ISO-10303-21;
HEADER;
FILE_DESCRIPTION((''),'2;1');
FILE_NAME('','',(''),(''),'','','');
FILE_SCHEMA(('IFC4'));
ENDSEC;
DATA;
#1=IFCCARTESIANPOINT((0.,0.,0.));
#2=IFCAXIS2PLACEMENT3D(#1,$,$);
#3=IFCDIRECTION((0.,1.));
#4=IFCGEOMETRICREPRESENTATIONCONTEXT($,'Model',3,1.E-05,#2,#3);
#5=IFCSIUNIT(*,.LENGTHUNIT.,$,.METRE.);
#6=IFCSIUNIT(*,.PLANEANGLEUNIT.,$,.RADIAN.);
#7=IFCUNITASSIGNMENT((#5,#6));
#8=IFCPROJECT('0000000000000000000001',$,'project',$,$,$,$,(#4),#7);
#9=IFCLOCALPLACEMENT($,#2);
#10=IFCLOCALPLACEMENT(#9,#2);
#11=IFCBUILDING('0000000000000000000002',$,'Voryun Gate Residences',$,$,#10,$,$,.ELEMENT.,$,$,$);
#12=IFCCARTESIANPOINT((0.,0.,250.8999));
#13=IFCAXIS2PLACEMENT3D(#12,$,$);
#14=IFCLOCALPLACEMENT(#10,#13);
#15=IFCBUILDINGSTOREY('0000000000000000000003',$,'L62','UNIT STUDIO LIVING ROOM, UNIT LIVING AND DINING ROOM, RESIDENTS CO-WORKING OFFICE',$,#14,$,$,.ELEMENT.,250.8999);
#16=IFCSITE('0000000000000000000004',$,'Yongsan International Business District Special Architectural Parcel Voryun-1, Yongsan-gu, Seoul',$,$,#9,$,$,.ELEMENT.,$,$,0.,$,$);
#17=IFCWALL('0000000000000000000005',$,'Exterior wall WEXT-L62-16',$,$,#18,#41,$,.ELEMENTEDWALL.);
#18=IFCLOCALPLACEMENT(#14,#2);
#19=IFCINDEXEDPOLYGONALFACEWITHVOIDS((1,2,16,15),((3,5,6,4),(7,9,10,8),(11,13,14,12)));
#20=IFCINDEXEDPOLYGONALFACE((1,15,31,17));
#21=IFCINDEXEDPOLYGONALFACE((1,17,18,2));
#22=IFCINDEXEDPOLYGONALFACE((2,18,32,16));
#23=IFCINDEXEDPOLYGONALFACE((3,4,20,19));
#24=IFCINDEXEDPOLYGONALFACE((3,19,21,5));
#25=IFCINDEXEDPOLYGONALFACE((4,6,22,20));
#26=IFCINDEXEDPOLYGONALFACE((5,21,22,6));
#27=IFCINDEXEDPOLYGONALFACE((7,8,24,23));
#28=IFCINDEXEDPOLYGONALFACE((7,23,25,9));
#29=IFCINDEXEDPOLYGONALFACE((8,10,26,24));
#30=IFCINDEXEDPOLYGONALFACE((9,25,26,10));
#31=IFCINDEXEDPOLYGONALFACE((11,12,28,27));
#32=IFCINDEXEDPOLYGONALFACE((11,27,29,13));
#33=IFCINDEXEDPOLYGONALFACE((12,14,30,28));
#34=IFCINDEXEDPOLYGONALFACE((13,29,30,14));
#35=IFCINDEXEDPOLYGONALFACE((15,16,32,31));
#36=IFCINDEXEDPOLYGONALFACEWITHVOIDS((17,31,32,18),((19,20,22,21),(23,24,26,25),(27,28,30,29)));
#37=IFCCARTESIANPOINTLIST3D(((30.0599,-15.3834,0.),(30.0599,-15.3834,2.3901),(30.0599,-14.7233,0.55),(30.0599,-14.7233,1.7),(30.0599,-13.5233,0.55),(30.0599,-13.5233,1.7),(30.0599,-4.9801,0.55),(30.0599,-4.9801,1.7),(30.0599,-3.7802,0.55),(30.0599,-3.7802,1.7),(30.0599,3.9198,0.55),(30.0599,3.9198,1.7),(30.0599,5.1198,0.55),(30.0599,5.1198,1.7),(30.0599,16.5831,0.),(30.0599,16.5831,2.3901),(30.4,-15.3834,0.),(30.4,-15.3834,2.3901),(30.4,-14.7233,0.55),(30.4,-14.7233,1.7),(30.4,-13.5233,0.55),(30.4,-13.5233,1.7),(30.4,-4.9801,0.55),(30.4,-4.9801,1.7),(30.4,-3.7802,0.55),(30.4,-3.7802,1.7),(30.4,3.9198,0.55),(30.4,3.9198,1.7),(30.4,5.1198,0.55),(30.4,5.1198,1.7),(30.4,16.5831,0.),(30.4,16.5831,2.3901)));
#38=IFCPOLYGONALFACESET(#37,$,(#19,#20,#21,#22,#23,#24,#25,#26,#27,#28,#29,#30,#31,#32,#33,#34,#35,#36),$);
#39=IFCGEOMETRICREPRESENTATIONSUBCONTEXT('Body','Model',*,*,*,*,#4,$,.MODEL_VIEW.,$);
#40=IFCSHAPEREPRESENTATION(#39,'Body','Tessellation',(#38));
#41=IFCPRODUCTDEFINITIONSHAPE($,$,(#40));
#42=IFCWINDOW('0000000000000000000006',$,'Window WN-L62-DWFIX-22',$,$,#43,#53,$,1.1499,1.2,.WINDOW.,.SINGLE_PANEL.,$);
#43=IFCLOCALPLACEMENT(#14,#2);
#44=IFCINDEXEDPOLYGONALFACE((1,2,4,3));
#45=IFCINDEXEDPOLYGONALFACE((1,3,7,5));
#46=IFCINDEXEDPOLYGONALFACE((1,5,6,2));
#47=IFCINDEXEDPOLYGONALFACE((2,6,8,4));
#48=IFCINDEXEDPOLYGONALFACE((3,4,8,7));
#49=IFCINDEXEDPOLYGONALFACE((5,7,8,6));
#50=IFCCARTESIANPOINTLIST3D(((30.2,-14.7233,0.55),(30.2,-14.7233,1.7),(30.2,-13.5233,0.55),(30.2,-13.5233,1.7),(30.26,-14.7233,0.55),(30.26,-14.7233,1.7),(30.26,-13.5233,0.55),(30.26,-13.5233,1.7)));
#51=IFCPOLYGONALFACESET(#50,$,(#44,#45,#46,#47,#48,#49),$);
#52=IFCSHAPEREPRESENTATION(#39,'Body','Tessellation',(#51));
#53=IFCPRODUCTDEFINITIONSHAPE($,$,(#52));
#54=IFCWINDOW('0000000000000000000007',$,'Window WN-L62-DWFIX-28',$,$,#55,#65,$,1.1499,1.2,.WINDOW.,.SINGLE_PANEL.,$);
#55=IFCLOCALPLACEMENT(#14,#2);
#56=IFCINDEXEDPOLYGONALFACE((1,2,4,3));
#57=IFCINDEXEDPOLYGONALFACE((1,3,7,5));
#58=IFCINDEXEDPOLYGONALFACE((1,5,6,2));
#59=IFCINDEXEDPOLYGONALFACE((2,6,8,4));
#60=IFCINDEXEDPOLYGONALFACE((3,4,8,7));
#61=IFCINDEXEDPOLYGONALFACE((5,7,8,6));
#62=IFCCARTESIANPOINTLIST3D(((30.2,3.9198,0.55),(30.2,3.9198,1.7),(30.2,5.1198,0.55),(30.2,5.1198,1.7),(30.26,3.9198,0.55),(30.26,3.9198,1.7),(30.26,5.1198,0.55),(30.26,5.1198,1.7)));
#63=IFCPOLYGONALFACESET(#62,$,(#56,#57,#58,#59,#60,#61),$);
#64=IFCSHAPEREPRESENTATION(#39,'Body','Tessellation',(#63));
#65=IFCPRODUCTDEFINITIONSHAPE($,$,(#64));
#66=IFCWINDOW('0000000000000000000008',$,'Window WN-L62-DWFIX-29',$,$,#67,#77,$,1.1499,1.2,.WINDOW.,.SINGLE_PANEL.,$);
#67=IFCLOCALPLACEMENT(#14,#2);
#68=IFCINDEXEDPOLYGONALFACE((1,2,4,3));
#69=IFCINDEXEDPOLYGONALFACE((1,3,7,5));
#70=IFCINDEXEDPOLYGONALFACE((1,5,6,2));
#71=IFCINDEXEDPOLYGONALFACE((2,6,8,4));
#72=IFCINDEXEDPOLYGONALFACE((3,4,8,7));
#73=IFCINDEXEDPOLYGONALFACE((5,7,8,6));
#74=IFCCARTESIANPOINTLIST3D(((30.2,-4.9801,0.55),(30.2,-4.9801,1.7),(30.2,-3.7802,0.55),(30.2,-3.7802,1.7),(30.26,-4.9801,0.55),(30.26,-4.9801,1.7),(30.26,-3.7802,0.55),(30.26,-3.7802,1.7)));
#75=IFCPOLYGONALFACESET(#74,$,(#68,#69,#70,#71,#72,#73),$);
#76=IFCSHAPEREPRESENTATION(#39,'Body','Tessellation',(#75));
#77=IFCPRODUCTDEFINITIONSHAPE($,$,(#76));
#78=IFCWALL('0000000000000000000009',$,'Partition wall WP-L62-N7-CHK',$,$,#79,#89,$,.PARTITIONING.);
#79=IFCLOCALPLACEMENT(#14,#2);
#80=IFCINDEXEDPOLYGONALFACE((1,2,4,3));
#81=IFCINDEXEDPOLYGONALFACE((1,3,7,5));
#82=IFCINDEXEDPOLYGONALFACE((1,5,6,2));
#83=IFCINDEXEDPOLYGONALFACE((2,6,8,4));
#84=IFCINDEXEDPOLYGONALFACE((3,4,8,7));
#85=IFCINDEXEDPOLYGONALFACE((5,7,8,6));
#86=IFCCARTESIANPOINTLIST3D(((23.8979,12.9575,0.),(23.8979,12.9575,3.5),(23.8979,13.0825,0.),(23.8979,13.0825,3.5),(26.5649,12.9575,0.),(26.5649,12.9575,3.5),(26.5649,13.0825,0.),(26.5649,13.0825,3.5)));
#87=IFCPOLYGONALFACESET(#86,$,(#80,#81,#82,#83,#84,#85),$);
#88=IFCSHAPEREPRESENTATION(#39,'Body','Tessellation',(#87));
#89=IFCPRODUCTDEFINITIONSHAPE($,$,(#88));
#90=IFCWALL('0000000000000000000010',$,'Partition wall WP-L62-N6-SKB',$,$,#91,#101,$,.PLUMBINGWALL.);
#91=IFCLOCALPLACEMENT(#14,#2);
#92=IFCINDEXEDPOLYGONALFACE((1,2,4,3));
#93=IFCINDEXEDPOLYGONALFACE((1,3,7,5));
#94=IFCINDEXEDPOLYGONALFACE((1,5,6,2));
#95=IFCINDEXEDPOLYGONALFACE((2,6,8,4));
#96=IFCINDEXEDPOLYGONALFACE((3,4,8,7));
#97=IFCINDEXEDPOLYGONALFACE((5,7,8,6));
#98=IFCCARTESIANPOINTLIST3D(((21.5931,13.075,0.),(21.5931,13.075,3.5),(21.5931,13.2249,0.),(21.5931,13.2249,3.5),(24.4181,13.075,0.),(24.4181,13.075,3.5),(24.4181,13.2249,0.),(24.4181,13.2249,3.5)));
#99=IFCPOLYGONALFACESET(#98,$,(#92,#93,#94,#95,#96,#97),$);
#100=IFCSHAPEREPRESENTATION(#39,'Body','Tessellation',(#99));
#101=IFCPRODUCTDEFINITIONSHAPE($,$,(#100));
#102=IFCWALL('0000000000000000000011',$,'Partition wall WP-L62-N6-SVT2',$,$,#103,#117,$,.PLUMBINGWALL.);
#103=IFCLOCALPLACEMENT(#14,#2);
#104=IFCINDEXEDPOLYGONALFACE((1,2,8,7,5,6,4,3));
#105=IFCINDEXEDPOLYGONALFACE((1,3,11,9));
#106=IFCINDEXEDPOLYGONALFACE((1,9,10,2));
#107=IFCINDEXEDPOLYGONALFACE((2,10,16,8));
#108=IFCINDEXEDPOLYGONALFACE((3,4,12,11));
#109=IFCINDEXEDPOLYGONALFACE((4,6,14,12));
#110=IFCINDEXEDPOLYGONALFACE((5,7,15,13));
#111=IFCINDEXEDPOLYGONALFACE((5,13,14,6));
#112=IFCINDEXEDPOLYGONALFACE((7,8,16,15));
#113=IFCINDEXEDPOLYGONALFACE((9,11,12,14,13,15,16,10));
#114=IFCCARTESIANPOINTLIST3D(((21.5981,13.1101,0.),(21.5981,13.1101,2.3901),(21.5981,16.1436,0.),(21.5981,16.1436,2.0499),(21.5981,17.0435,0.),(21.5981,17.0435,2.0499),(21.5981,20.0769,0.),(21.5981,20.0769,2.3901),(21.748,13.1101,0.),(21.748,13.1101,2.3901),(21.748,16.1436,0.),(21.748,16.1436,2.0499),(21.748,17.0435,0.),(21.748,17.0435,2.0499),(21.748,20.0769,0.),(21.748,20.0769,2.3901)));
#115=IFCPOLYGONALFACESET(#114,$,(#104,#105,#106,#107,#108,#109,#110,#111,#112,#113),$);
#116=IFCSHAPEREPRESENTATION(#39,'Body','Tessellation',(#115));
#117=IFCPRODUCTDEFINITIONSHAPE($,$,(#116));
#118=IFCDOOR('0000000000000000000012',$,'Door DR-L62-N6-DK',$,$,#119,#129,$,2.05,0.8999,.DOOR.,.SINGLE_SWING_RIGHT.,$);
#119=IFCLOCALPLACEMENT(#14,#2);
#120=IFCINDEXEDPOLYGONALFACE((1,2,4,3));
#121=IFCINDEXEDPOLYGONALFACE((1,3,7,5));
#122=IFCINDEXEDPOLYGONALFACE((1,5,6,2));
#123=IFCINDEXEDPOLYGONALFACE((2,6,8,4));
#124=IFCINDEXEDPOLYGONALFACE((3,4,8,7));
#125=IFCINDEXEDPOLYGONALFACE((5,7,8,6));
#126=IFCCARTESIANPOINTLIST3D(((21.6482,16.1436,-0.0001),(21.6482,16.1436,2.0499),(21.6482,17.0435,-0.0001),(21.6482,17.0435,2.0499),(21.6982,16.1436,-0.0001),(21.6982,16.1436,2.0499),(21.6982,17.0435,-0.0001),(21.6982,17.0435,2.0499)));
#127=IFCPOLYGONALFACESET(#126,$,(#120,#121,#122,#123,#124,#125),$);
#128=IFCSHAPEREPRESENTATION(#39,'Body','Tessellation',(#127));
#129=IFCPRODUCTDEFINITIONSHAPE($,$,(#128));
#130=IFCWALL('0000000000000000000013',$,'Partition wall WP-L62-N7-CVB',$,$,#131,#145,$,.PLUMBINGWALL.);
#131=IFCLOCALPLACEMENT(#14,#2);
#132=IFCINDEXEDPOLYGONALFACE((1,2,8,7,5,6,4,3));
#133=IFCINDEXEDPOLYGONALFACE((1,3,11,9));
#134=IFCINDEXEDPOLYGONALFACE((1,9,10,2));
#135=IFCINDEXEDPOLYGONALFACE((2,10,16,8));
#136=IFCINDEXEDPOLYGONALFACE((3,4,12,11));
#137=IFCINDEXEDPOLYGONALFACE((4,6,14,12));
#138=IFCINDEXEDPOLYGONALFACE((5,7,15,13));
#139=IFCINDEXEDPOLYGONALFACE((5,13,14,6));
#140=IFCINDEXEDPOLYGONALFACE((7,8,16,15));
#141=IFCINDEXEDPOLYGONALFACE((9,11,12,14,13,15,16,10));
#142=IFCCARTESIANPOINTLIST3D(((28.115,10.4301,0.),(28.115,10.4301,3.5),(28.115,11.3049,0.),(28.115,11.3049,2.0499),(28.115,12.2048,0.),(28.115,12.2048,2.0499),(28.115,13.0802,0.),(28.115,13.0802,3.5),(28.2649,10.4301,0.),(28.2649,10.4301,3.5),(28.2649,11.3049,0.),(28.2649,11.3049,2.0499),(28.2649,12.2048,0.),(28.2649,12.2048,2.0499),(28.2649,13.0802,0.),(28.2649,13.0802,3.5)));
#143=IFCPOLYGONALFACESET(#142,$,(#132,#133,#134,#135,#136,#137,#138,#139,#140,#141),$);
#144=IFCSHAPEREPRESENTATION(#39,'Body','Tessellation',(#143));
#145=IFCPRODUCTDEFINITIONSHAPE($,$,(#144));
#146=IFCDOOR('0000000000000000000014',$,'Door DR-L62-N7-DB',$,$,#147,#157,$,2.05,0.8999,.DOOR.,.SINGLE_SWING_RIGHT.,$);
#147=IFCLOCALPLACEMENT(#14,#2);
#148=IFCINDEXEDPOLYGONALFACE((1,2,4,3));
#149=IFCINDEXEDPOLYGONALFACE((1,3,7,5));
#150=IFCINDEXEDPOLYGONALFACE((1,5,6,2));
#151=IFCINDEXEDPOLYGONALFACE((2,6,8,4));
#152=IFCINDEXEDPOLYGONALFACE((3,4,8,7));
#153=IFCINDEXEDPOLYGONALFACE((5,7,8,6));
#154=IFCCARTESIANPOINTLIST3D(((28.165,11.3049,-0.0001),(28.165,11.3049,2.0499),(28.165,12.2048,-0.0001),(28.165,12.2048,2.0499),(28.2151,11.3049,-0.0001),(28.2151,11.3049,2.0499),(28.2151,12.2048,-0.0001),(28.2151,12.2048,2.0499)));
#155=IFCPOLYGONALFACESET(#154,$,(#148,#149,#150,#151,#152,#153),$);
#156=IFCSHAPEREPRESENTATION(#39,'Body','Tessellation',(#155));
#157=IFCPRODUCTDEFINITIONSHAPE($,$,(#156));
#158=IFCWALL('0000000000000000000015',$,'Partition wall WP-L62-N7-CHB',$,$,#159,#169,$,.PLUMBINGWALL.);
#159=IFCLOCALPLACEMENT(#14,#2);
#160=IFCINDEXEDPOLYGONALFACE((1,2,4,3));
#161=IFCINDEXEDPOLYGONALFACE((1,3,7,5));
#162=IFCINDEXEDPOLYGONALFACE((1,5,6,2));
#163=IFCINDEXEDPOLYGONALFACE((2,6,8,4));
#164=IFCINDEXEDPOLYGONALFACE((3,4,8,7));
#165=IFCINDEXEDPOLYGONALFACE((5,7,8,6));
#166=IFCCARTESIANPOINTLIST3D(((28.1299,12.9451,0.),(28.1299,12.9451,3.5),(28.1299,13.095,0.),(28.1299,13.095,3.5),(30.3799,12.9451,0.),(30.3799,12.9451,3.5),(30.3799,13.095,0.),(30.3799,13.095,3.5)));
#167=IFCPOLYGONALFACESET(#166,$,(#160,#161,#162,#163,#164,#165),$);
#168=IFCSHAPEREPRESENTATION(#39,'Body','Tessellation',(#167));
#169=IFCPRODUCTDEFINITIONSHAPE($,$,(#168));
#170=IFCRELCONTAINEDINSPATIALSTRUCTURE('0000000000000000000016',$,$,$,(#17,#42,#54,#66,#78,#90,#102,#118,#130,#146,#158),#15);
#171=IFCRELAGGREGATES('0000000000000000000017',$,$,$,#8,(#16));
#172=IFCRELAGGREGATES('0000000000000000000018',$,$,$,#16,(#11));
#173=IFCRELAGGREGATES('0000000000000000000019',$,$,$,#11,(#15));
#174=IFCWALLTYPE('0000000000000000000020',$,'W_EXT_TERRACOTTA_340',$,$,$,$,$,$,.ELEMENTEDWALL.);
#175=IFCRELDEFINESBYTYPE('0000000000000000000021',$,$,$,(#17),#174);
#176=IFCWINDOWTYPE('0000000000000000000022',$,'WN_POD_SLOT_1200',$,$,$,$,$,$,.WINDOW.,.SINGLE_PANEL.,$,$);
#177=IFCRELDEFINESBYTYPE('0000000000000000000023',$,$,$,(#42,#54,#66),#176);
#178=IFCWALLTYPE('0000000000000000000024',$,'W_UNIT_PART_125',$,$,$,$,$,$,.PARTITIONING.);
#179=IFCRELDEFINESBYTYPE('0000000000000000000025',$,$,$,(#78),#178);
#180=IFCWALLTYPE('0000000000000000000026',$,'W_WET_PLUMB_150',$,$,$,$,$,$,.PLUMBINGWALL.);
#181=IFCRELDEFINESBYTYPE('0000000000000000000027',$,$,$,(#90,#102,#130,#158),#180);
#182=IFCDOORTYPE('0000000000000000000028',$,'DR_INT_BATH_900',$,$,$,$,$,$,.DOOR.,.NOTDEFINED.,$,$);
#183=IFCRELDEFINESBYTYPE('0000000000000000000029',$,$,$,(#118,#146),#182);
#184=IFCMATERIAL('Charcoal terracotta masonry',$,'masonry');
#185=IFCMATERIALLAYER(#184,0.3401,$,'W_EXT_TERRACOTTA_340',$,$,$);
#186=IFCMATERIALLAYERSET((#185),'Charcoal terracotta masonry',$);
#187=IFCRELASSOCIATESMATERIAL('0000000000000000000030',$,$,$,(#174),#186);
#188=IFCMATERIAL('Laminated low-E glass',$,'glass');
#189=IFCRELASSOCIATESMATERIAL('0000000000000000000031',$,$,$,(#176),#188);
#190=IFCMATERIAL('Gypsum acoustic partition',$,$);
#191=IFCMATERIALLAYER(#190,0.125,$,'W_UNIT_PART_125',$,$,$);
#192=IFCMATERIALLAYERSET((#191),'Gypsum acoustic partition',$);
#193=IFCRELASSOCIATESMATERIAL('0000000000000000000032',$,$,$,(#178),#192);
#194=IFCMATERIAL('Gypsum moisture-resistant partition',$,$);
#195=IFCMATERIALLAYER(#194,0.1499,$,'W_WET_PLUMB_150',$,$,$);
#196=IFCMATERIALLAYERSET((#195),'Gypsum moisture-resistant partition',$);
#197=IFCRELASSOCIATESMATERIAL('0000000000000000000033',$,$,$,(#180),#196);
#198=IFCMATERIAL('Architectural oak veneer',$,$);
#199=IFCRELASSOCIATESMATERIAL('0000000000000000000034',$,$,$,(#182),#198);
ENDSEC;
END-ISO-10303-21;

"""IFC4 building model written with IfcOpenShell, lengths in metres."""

from ifc_helpers import new_model, si_unit, direction, frame, frame_2d, origin, place, context, subcontext, project, spatial, rectangle, extrude, material, layer, layer_set, type_object, element, fill, save


model = new_model("IFC4")

# Units and contexts
model_context = context("Model", 3, precision=1e-05, world=origin(), true_north=direction((0.0, 1.0)))
body_context = subcontext(model_context, "Body", "Model", "MODEL_VIEW")
ifc_project = project(units=[si_unit("LENGTHUNIT", "METRE"), si_unit("PLANEANGLEUNIT", "RADIAN")], contexts=[model_context])

# Site, building, storey
site_placement = place(None, origin())
site = spatial("IfcSite", under=ifc_project, at=site_placement, Name="Yongsan International Business District Special Architectural Parcel Voryun-1, Yongsan-gu, Seoul", CompositionType="ELEMENT", RefElevation=0.0)
building_placement = place(site_placement, origin())
building = spatial("IfcBuilding", under=site, at=building_placement, Name="Voryun Gate Residences", CompositionType="ELEMENT")
storey_placement = place(building_placement, frame((0.0, 0.0, 250.8999)))
storey = spatial("IfcBuildingStorey", under=building, at=storey_placement, Name="L62", Description="UNIT STUDIO LIVING ROOM, UNIT LIVING AND DINING ROOM, RESIDENTS CO-WORKING OFFICE", CompositionType="ELEMENT", Elevation=250.8999)

# Shared definitions
ifc_material_1 = material(Name="Charcoal terracotta masonry", Category="masonry")
ifc_layer_1 = layer(ifc_material_1, 0.3401, Name="W_EXT_TERRACOTTA_340")
ifc_layer_set_1 = layer_set([ifc_layer_1], Name="Charcoal terracotta masonry")
wall_type_1 = type_object("IfcWallType", Name="W_EXT_TERRACOTTA_340", PredefinedType="ELEMENTEDWALL", material=ifc_layer_set_1)

# Wall, openings, windows
wall_1_placement = place(storey_placement, frame((30.23, 16.5833, 0.0), z_axis=(0.0, 0.0, 1.0), x_axis=(0.0, -1.0, 0.0)))
wall_1 = element("IfcWall", 1, at=wall_1_placement, inside=storey, type_object=wall_type_1, Name="Exterior wall WEXT-L62-16", PredefinedType="ELEMENTEDWALL", context=body_context, shape_type="SweptSolid", body=[
    extrude(rectangle(XDim=31.9666, YDim=0.3401, at=frame_2d((15.9834, 0.0))), origin(), (0.0, 0.0, 1.0), 2.3901),
])
opening_1_placement = place(wall_1_placement, frame((30.1064, 0.0, 0.55)))
opening_1 = element("IfcOpeningElement", 2, at=opening_1_placement, cuts=wall_1, PredefinedType="OPENING", context=body_context, shape_type="SweptSolid", body=[
    extrude(rectangle(XDim=1.2, YDim=1.1499, at=frame_2d((0.6001, 0.575))), frame((0.0, 0.1799, 0.0), z_axis=(0.0, -1.0, 0.0), x_axis=(1.0, 0.0, 0.0)), (0.0, 0.0, 1.0), 0.3601),
])
opening_2_placement = place(wall_1_placement, frame((11.4634, 0.0, 0.55)))
opening_2 = element("IfcOpeningElement", 3, at=opening_2_placement, cuts=wall_1, PredefinedType="OPENING", context=body_context, shape_type="SweptSolid", body=[
    extrude(rectangle(XDim=1.2, YDim=1.1499, at=frame_2d((0.6001, 0.575))), frame((0.0, 0.1799, 0.0), z_axis=(0.0, -1.0, 0.0), x_axis=(1.0, 0.0, 0.0)), (0.0, 0.0, 1.0), 0.3601),
])
opening_3_placement = place(wall_1_placement, frame((20.3633, 0.0, 0.55)))
opening_3 = element("IfcOpeningElement", 4, at=opening_3_placement, cuts=wall_1, PredefinedType="OPENING", context=body_context, shape_type="SweptSolid", body=[
    extrude(rectangle(XDim=1.2, YDim=1.1499, at=frame_2d((0.6001, 0.575))), frame((0.0, 0.1799, 0.0), z_axis=(0.0, -1.0, 0.0), x_axis=(1.0, 0.0, 0.0)), (0.0, 0.0, 1.0), 0.3601),
])
ifc_material_2 = material(Name="Laminated low-E glass", Category="glass")
window_type = type_object("IfcWindowType", Name="WN_POD_SLOT_1200", PartitioningType="SINGLE_PANEL", PredefinedType="WINDOW", material=ifc_material_2)
window_1_placement = place(opening_1_placement, origin())
window_1 = element("IfcWindow", 5, at=window_1_placement, inside=storey, type_object=window_type, Name="Window WN-L62-DWFIX-22", OverallHeight=1.1499, OverallWidth=1.2, PartitioningType="SINGLE_PANEL", PredefinedType="WINDOW", context=body_context, shape_type="SweptSolid", body=[
    extrude(rectangle(XDim=1.2, YDim=1.1499, at=frame_2d((0.6001, 0.575))), frame((0.0, 0.03, 0.0), z_axis=(0.0, -1.0, 0.0), x_axis=(1.0, 0.0, 0.0)), (0.0, 0.0, 1.0), 0.0601),
])
fill(opening_1, window_1)
window_2_placement = place(opening_2_placement, origin())
window_2 = element("IfcWindow", 6, at=window_2_placement, inside=storey, type_object=window_type, Name="Window WN-L62-DWFIX-28", OverallHeight=1.1499, OverallWidth=1.2, PartitioningType="SINGLE_PANEL", PredefinedType="WINDOW", context=body_context, shape_type="SweptSolid", body=[
    extrude(rectangle(XDim=1.2, YDim=1.1499, at=frame_2d((0.6001, 0.575))), frame((0.0, 0.03, 0.0), z_axis=(0.0, -1.0, 0.0), x_axis=(1.0, 0.0, 0.0)), (0.0, 0.0, 1.0), 0.0601),
])
fill(opening_2, window_2)
window_3_placement = place(opening_3_placement, origin())
window_3 = element("IfcWindow", 7, at=window_3_placement, inside=storey, type_object=window_type, Name="Window WN-L62-DWFIX-29", OverallHeight=1.1499, OverallWidth=1.2, PartitioningType="SINGLE_PANEL", PredefinedType="WINDOW", context=body_context, shape_type="SweptSolid", body=[
    extrude(rectangle(XDim=1.2, YDim=1.1499, at=frame_2d((0.6001, 0.575))), frame((0.0, 0.03, 0.0), z_axis=(0.0, -1.0, 0.0), x_axis=(1.0, 0.0, 0.0)), (0.0, 0.0, 1.0), 0.0601),
])
fill(opening_3, window_3)

# Walls
ifc_material_3 = material(Name="Gypsum acoustic partition")
ifc_layer_2 = layer(ifc_material_3, 0.125, Name="W_UNIT_PART_125")
ifc_layer_set_2 = layer_set([ifc_layer_2], Name="Gypsum acoustic partition")
wall_type_2 = type_object("IfcWallType", Name="W_UNIT_PART_125", PredefinedType="PARTITIONING", material=ifc_layer_set_2)
wall_2_placement = place(storey_placement, frame((23.8979, 13.02, 0.0), z_axis=(0.0, 0.0, 1.0), x_axis=(1.0, 0.0, 0.0)))
element("IfcWall", 8, at=wall_2_placement, inside=storey, type_object=wall_type_2, Name="Partition wall WP-L62-N7-CHK", PredefinedType="PARTITIONING", context=body_context, shape_type="SweptSolid", body=[
    extrude(rectangle(XDim=2.667, YDim=0.125, at=frame_2d((1.3335, 0.0))), origin(), (0.0, 0.0, 1.0), 3.5),
])
ifc_material_4 = material(Name="Gypsum moisture-resistant partition")
ifc_layer_3 = layer(ifc_material_4, 0.1499, Name="W_WET_PLUMB_150")
ifc_layer_set_3 = layer_set([ifc_layer_3], Name="Gypsum moisture-resistant partition")
wall_type_3 = type_object("IfcWallType", Name="W_WET_PLUMB_150", PredefinedType="PLUMBINGWALL", material=ifc_layer_set_3)
wall_3_placement = place(storey_placement, frame((21.593, 13.1499, 0.0), z_axis=(0.0, 0.0, 1.0), x_axis=(1.0, 0.0, 0.0)))
element("IfcWall", 9, at=wall_3_placement, inside=storey, type_object=wall_type_3, Name="Partition wall WP-L62-N6-SKB", PredefinedType="PLUMBINGWALL", context=body_context, shape_type="SweptSolid", body=[
    extrude(rectangle(XDim=2.825, YDim=0.1499, at=frame_2d((1.4126, 0.0))), origin(), (0.0, 0.0, 1.0), 3.5),
])

# Walls, openings, doors
wall_4_placement = place(storey_placement, frame((21.6731, 13.1101, 0.0), z_axis=(0.0, 0.0, 1.0), x_axis=(0.0, 1.0, 0.0)))
wall_4 = element("IfcWall", 10, at=wall_4_placement, inside=storey, type_object=wall_type_3, Name="Partition wall WP-L62-N6-SVT2", PredefinedType="PLUMBINGWALL", context=body_context, shape_type="SweptSolid", body=[
    extrude(rectangle(XDim=6.9668, YDim=0.1499, at=frame_2d((3.4834, 0.0))), origin(), (0.0, 0.0, 1.0), 2.3901),
])
opening_4_placement = place(wall_4_placement, frame((3.0334, 0.0, 0.0)))
opening_4 = element("IfcOpeningElement", 11, at=opening_4_placement, cuts=wall_4, PredefinedType="OPENING", context=body_context, shape_type="SweptSolid", body=[
    extrude(rectangle(XDim=0.8999, YDim=2.05, at=frame_2d((0.45, 1.0249))), frame((0.0, 0.085, 0.0), z_axis=(0.0, -1.0, 0.0), x_axis=(1.0, 0.0, 0.0)), (0.0, 0.0, 1.0), 0.1699),
])
ifc_material_5 = material(Name="Architectural oak veneer")
door_type = type_object("IfcDoorType", Name="DR_INT_BATH_900", OperationType="NOTDEFINED", PredefinedType="DOOR", material=ifc_material_5)
door_1_placement = place(opening_4_placement, origin())
door_1 = element("IfcDoor", 12, at=door_1_placement, inside=storey, type_object=door_type, Name="Door DR-L62-N6-DK", OperationType="SINGLE_SWING_RIGHT", OverallHeight=2.05, OverallWidth=0.8999, PredefinedType="DOOR", context=body_context, shape_type="SweptSolid", body=[
    extrude(rectangle(XDim=0.8999, YDim=2.05, at=frame_2d((0.45, 1.0249))), frame((0.0, 0.0249, 0.0), z_axis=(0.0, -1.0, 0.0), x_axis=(1.0, 0.0, 0.0)), (0.0, 0.0, 1.0), 0.05),
])
fill(opening_4, door_1)
wall_5_placement = place(storey_placement, frame((28.1899, 10.4299, 0.0), z_axis=(0.0, 0.0, 1.0), x_axis=(0.0, 1.0, 0.0)))
wall_5 = element("IfcWall", 13, at=wall_5_placement, inside=storey, type_object=wall_type_3, Name="Partition wall WP-L62-N7-CVB", PredefinedType="PLUMBINGWALL", context=body_context, shape_type="SweptSolid", body=[
    extrude(rectangle(XDim=2.6501, YDim=0.1499, at=frame_2d((1.3252, 0.0))), origin(), (0.0, 0.0, 1.0), 3.5),
])
opening_5_placement = place(wall_5_placement, frame((0.875, 0.0, 0.0)))
opening_5 = element("IfcOpeningElement", 14, at=opening_5_placement, cuts=wall_5, PredefinedType="OPENING", context=body_context, shape_type="SweptSolid", body=[
    extrude(rectangle(XDim=0.8999, YDim=2.05, at=frame_2d((0.45, 1.0249))), frame((0.0, 0.085, 0.0), z_axis=(0.0, -1.0, 0.0), x_axis=(1.0, 0.0, 0.0)), (0.0, 0.0, 1.0), 0.1699),
])
door_2_placement = place(opening_5_placement, origin())
door_2 = element("IfcDoor", 15, at=door_2_placement, inside=storey, type_object=door_type, Name="Door DR-L62-N7-DB", OperationType="SINGLE_SWING_RIGHT", OverallHeight=2.05, OverallWidth=0.8999, PredefinedType="DOOR", context=body_context, shape_type="SweptSolid", body=[
    extrude(rectangle(XDim=0.8999, YDim=2.05, at=frame_2d((0.45, 1.0249))), frame((0.0, 0.0249, 0.0), z_axis=(0.0, -1.0, 0.0), x_axis=(1.0, 0.0, 0.0)), (0.0, 0.0, 1.0), 0.05),
])
fill(opening_5, door_2)

# Wall
wall_6_placement = place(storey_placement, frame((28.1299, 13.02, 0.0), z_axis=(0.0, 0.0, 1.0), x_axis=(1.0, 0.0, 0.0)))
element("IfcWall", 16, at=wall_6_placement, inside=storey, type_object=wall_type_3, Name="Partition wall WP-L62-N7-CHB", PredefinedType="PLUMBINGWALL", context=body_context, shape_type="SweptSolid", body=[
    extrude(rectangle(XDim=2.25, YDim=0.1499, at=frame_2d((1.125, 0.0))), origin(), (0.0, 0.0, 1.0), 3.5),
])

save(model, "model.ifc")
